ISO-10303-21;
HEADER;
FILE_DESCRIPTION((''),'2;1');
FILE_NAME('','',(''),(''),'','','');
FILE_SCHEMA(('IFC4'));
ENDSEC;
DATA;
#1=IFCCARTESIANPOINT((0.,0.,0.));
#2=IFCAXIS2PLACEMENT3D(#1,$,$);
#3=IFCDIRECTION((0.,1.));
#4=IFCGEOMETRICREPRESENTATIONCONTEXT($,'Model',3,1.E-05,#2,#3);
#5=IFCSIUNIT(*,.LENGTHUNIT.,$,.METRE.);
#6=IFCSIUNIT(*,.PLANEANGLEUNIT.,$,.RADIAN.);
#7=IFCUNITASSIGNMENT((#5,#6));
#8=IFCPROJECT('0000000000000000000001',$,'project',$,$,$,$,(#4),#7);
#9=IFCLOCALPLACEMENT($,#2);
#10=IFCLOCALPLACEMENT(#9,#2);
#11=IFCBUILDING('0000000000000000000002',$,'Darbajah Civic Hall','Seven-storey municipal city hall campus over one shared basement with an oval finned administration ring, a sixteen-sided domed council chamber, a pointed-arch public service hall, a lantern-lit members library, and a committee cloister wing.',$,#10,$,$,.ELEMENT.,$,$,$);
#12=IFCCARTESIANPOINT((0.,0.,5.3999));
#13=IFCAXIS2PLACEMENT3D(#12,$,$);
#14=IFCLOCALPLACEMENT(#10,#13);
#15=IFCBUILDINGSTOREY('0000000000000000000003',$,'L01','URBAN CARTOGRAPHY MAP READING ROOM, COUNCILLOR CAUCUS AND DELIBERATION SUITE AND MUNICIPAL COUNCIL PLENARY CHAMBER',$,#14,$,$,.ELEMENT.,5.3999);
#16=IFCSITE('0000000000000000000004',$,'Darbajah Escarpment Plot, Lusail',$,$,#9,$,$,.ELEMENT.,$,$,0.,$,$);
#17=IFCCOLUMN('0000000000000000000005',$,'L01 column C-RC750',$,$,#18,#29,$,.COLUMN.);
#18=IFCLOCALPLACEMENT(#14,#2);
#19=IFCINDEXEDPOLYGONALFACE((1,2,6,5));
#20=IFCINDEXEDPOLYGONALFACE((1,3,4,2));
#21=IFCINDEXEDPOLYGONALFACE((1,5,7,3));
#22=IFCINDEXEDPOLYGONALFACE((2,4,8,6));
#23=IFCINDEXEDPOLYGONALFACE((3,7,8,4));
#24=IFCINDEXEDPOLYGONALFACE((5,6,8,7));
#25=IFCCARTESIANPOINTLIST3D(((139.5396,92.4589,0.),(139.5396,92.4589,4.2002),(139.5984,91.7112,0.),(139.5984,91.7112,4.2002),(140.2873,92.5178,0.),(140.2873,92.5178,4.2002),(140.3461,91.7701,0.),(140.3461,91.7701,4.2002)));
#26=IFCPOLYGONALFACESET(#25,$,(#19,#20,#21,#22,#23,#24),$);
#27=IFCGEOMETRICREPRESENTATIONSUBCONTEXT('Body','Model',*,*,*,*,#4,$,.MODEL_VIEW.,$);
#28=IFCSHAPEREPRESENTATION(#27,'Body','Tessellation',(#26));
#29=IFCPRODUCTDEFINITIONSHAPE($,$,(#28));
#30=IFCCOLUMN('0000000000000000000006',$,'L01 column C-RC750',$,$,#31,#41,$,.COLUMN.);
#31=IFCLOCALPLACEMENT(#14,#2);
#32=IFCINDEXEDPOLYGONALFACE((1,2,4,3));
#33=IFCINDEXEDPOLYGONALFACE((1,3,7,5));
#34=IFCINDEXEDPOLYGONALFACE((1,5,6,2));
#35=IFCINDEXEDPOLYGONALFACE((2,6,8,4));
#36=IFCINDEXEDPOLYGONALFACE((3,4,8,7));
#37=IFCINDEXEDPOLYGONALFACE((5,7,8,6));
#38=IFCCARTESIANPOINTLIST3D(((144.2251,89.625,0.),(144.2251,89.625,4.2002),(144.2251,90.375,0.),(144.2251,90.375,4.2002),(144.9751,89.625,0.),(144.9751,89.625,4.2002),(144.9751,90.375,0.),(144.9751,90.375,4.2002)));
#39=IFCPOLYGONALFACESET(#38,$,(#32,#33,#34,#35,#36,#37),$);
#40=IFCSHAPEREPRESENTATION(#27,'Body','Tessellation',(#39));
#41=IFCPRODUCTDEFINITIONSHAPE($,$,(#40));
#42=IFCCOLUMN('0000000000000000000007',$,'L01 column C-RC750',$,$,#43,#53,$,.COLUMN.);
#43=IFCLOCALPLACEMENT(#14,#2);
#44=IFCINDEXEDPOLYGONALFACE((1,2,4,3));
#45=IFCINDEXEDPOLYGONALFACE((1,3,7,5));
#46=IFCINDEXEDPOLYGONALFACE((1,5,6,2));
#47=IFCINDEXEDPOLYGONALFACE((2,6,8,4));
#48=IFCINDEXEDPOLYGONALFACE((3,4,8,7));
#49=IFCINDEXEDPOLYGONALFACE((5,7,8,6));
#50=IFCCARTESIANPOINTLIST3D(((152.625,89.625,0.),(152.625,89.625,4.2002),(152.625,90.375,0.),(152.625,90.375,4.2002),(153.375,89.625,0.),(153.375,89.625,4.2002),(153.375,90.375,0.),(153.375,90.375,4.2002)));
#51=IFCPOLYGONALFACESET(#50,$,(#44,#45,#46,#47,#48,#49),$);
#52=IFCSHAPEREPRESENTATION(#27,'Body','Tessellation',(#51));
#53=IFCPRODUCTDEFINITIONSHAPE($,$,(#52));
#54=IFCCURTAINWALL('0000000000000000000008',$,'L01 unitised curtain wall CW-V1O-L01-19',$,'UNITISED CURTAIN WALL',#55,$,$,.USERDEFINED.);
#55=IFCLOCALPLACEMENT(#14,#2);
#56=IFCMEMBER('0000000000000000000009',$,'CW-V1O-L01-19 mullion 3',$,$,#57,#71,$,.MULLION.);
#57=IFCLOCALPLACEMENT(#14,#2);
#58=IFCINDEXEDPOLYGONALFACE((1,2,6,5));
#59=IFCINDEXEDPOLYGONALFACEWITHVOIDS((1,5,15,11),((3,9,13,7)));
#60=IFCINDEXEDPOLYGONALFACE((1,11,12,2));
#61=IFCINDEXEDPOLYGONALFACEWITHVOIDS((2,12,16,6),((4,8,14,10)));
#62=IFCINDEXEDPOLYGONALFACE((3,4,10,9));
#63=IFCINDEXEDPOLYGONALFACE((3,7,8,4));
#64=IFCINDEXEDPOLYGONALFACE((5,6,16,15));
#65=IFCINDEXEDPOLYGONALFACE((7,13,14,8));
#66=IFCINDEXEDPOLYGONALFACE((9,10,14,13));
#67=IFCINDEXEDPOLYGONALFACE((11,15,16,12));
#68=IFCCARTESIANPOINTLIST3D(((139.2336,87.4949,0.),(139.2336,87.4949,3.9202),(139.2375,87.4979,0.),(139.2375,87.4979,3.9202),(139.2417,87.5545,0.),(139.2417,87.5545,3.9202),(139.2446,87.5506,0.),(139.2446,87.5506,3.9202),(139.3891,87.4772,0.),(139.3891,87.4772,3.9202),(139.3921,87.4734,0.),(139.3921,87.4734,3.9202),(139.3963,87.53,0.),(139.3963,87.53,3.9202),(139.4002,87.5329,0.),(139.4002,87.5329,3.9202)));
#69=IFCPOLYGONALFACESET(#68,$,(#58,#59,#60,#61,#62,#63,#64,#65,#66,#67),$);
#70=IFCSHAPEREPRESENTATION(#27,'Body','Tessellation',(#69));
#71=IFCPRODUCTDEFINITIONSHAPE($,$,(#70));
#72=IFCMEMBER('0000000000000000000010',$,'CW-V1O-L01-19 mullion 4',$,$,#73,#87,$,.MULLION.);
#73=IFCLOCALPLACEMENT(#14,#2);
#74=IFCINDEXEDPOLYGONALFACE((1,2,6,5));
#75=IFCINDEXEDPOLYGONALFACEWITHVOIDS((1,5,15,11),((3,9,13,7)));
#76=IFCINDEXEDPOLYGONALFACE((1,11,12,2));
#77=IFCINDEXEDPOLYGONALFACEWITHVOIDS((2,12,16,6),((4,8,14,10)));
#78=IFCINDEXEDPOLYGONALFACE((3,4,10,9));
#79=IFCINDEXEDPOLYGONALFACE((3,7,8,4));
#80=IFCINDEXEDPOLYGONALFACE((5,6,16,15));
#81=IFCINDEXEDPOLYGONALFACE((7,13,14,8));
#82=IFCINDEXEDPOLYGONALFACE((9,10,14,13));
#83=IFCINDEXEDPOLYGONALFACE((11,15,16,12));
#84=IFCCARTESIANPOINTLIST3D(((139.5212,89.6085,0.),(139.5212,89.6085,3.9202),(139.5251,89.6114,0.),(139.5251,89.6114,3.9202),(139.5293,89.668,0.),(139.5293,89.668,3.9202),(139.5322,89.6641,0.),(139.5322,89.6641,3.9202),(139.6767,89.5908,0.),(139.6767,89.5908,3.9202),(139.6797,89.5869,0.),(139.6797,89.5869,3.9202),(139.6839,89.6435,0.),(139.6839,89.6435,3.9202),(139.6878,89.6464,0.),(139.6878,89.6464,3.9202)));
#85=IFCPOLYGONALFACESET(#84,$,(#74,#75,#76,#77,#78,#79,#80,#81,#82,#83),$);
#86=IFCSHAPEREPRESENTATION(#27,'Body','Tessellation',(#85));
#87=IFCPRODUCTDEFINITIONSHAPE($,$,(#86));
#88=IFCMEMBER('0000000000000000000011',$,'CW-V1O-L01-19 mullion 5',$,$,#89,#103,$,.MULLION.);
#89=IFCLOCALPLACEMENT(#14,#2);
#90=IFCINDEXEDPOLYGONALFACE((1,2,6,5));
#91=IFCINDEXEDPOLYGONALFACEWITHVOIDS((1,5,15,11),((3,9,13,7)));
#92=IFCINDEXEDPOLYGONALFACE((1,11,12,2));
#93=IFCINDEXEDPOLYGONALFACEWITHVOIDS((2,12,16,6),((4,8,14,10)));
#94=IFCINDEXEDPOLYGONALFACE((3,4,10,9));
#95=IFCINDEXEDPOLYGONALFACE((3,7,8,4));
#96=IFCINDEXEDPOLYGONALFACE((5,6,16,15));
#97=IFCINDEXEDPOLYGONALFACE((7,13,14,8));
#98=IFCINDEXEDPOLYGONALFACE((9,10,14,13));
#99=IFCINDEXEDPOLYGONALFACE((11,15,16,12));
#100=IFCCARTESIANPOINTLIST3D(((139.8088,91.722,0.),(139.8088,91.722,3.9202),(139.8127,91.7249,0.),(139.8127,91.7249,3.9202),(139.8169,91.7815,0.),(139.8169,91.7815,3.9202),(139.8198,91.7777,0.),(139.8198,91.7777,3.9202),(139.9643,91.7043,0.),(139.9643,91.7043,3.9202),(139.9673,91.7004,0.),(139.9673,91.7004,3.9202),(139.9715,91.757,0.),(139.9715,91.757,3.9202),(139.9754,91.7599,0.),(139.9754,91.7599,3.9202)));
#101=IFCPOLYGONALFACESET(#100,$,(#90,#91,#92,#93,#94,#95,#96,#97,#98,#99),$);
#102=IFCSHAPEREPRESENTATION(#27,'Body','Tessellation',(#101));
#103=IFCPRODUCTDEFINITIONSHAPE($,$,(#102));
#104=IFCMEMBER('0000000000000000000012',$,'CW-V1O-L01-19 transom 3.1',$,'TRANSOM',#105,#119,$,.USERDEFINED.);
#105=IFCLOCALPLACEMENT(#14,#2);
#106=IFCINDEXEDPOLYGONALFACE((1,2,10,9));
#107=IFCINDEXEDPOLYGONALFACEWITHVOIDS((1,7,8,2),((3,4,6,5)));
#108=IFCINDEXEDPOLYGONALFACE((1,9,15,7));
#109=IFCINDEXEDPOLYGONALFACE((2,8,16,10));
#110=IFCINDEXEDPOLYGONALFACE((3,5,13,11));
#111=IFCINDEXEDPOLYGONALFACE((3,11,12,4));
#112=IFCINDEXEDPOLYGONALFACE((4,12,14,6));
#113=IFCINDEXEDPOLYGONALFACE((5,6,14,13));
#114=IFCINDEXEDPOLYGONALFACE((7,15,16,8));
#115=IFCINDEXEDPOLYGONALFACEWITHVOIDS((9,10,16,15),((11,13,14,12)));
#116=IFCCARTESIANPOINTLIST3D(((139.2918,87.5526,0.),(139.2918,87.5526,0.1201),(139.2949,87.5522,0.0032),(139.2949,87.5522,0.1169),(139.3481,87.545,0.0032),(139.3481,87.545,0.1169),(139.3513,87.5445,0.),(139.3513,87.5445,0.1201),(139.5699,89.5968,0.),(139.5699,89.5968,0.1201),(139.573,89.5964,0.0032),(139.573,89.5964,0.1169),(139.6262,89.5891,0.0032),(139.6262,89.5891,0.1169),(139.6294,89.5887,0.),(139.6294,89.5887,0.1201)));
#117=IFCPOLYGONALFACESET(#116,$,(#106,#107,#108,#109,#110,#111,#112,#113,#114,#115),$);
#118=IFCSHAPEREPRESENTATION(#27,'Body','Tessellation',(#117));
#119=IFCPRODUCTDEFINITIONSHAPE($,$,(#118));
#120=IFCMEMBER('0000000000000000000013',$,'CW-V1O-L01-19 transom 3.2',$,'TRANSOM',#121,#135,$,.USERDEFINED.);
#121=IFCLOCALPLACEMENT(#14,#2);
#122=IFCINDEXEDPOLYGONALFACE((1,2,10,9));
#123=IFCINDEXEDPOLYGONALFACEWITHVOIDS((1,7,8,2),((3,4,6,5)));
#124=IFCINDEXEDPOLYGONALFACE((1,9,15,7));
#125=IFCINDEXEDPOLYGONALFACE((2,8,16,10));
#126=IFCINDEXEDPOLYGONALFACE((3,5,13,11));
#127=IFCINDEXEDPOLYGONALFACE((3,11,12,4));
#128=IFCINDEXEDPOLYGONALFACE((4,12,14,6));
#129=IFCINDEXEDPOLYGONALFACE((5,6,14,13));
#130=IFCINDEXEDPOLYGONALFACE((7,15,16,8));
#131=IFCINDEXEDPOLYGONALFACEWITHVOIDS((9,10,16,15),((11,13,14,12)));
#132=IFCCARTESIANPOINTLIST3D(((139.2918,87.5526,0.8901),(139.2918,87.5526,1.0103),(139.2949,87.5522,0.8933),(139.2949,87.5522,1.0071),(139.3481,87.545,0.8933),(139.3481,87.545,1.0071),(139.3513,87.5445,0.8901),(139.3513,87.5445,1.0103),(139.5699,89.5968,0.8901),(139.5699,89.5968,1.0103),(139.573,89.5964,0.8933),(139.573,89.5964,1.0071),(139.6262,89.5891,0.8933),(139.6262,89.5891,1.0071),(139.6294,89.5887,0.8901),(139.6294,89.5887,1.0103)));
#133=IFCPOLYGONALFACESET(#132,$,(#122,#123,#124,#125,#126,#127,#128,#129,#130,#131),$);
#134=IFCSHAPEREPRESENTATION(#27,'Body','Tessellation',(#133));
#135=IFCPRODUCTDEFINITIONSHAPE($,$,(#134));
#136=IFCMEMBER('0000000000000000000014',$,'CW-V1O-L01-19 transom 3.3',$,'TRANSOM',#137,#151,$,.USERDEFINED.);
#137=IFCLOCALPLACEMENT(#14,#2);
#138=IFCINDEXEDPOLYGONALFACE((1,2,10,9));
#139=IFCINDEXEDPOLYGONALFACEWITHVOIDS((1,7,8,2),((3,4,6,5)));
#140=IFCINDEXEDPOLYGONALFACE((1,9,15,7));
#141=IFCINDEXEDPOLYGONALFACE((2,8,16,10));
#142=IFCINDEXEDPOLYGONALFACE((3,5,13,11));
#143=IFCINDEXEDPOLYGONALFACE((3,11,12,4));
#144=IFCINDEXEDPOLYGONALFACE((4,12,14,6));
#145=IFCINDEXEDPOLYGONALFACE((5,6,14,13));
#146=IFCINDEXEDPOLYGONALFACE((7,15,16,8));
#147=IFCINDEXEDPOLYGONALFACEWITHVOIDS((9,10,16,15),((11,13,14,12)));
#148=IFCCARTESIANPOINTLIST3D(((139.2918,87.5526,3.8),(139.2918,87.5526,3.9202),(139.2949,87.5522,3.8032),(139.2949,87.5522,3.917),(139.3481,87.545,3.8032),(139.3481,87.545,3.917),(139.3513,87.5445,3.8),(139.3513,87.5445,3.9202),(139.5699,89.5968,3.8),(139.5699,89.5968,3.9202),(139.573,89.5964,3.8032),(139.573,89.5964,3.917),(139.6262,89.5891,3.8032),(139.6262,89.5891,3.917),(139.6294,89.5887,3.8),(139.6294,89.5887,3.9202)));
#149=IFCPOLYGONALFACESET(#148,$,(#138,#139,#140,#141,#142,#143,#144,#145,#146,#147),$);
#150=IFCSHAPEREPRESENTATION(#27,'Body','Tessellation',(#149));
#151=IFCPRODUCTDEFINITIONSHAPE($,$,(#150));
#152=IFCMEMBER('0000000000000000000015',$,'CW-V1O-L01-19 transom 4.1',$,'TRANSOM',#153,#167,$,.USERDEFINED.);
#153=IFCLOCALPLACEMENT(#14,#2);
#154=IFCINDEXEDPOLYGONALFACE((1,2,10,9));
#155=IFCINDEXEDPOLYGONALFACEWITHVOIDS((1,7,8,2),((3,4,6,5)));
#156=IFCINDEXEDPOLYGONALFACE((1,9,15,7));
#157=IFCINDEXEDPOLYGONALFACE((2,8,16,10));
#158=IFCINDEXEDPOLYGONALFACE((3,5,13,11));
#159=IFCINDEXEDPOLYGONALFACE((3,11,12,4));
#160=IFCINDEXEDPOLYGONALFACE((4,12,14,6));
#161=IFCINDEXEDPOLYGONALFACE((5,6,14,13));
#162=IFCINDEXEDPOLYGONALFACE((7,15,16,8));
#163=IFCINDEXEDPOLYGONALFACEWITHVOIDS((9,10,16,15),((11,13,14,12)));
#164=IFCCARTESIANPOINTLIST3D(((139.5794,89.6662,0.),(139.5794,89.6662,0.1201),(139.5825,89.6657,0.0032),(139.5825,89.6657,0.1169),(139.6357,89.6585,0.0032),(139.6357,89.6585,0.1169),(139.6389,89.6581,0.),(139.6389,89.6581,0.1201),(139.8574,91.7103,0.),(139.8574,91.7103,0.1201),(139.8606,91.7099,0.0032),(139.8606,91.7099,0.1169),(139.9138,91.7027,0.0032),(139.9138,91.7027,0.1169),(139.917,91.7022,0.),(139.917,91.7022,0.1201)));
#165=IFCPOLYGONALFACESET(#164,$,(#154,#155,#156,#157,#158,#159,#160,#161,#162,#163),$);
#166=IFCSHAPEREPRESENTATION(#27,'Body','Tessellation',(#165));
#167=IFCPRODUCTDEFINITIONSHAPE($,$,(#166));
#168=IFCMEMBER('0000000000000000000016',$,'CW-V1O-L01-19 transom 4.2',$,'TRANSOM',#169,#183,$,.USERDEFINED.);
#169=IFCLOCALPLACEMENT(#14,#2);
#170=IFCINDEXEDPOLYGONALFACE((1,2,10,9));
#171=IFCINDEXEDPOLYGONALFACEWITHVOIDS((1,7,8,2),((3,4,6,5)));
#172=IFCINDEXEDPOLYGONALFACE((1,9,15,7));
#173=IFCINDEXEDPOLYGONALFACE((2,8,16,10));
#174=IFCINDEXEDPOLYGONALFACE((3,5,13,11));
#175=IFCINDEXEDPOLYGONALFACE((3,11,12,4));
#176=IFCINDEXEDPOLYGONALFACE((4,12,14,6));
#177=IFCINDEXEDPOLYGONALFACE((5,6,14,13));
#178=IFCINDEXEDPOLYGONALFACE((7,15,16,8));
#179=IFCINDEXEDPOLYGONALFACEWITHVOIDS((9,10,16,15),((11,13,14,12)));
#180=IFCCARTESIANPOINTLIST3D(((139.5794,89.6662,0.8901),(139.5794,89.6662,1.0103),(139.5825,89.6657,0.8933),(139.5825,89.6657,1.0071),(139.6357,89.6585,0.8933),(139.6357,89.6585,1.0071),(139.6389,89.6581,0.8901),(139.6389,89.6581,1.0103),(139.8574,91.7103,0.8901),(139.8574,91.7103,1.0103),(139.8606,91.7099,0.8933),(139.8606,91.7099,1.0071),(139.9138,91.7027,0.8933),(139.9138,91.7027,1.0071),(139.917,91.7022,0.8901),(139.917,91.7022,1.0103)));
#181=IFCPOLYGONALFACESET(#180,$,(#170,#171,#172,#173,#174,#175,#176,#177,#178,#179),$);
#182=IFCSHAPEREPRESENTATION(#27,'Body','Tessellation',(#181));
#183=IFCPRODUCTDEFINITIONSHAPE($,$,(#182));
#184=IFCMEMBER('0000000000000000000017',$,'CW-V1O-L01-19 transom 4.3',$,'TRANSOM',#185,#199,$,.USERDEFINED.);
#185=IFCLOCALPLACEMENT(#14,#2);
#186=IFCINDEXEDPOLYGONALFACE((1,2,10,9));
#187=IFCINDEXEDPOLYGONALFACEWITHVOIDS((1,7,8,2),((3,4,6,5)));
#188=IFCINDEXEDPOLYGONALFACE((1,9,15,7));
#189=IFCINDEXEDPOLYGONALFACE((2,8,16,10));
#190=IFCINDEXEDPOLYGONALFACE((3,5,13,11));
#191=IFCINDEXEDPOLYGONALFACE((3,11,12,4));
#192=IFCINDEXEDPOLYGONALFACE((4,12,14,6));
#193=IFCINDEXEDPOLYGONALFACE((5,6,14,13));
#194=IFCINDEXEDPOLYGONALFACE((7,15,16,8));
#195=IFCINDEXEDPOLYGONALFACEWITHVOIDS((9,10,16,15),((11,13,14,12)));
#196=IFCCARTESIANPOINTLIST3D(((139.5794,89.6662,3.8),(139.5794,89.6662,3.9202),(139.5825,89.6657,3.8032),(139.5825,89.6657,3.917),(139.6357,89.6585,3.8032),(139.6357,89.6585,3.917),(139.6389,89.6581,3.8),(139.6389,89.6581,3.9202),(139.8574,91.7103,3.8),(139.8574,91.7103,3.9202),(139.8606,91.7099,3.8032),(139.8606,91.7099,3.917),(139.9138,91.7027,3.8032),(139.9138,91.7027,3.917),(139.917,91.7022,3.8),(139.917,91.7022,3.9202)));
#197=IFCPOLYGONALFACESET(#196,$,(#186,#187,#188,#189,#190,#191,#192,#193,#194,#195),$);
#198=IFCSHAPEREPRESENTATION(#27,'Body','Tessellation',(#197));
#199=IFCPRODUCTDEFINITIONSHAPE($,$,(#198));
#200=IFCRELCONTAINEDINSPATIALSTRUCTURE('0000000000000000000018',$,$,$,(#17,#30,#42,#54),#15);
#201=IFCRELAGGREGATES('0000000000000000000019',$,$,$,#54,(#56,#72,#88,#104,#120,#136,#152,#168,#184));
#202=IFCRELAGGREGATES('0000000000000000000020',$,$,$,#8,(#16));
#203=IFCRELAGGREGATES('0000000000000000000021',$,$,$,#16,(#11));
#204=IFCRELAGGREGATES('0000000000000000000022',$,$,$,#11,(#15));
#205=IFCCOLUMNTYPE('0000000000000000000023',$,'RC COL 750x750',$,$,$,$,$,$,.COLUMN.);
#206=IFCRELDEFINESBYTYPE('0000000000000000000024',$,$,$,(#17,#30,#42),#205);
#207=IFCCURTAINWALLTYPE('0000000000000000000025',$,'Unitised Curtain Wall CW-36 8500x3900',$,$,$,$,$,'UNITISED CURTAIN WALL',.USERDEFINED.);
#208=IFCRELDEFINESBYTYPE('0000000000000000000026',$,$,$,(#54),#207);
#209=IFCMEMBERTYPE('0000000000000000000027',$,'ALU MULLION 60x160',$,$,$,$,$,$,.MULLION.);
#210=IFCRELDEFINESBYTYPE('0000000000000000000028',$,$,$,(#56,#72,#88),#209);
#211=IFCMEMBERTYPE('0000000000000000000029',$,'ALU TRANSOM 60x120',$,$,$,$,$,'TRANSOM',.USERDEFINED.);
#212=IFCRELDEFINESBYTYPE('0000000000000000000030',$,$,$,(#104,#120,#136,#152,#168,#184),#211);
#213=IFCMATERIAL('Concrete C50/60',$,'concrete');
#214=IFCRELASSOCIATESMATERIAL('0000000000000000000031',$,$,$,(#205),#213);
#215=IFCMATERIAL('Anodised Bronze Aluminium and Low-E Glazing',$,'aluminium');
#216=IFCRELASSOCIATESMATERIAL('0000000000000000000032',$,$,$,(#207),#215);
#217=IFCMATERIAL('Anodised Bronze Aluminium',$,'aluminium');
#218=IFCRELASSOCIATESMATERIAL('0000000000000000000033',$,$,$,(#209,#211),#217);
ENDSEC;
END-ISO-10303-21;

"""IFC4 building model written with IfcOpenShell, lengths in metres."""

from ifc_helpers import new_model, si_unit, direction, frame, origin, origin_2d, place, context, subcontext, project, spatial, rectangle, hollow_rectangle, extrude, material, material_profile, profile_set, type_object, element, aggregate, save


model = new_model("IFC4")

# Units and contexts
model_context = context("Model", 3, precision=1e-05, world=origin(), true_north=direction((0.0, 1.0)))
body_context = subcontext(model_context, "Body", "Model", "MODEL_VIEW")
ifc_project = project(units=[si_unit("LENGTHUNIT", "METRE"), si_unit("PLANEANGLEUNIT", "RADIAN")], contexts=[model_context])

# Site, building, storey
site_placement = place(None, origin())
site = spatial("IfcSite", under=ifc_project, at=site_placement, Name="Darbajah Escarpment Plot, Lusail", CompositionType="ELEMENT", RefElevation=0.0)
building_placement = place(site_placement, origin())
building = spatial("IfcBuilding", under=site, at=building_placement, Name="Darbajah Civic Hall", Description="Seven-storey municipal city hall campus over one shared basement with an oval finned administration ring, a sixteen-sided domed council chamber, a pointed-arch public service hall, a lantern-lit members library, and a committee cloister wing.", CompositionType="ELEMENT")
storey_placement = place(building_placement, frame((0.0, 0.0, 5.3999)))
storey = spatial("IfcBuildingStorey", under=building, at=storey_placement, Name="L01", Description="URBAN CARTOGRAPHY MAP READING ROOM, COUNCILLOR CAUCUS AND DELIBERATION SUITE AND MUNICIPAL COUNCIL PLENARY CHAMBER", CompositionType="ELEMENT", Elevation=5.3999)

# Columns
ifc_material_1 = material(Name="Concrete C50/60", Category="concrete")
ifc_material_profile_1 = material_profile(ifc_material_1, rectangle(XDim=0.75, YDim=0.75, at=origin_2d()), Name="RC COL 750x750")
ifc_profile_set_1 = profile_set([ifc_material_profile_1], Name="Concrete C50/60")
column_type = type_object("IfcColumnType", Name="RC COL 750x750", PredefinedType="COLUMN", material=ifc_profile_set_1)
for number, where, z_axis, x_axis, name in (
    (1, (139.9429, 92.1145, 0.0), (0.0, 0.0, 1.0), (0.996917, 0.078459, 0.0), "L01 column C-RC750"),
    (2, (144.6001, 90.0, 0.0), (0.0, 0.0, 1.0), (1.0, 0.0, 0.0), "L01 column C-RC750"),
    (3, (153.0, 90.0, 0.0), (0.0, 0.0, 1.0), (1.0, 0.0, 0.0), "L01 column C-RC750"),
):
    element("IfcColumn", number, at=place(storey_placement, frame(where, z_axis=z_axis, x_axis=x_axis)), inside=storey, type_object=column_type, Name=name, PredefinedType="COLUMN", context=body_context, shape_type="SweptSolid", body=[
        extrude(rectangle(XDim=0.75, YDim=0.75, at=origin_2d()), origin(), (0.0, 0.0, 1.0), 4.2002),
    ])

# Curtain wall, members
ifc_material_2 = material(Name="Anodised Bronze Aluminium and Low-E Glazing", Category="aluminium")
curtain_wall_type = type_object("IfcCurtainWallType", Name="Unitised Curtain Wall CW-36 8500x3900", ElementType="UNITISED CURTAIN WALL", PredefinedType="USERDEFINED", material=ifc_material_2)
curtain_wall_placement = place(storey_placement, origin())
curtain_wall = element("IfcCurtainWall", 4, at=curtain_wall_placement, inside=storey, type_object=curtain_wall_type, Name="L01 unitised curtain wall CW-V1O-L01-19", ObjectType="UNITISED CURTAIN WALL", PredefinedType="USERDEFINED")
ifc_material_3 = material(Name="Anodised Bronze Aluminium", Category="aluminium")
ifc_material_profile_2 = material_profile(ifc_material_3, hollow_rectangle(XDim=0.0601, YDim=0.1599, WallThickness=0.0034, at=origin_2d()), Name="ALU MULLION 60x160")
ifc_profile_set_2 = profile_set([ifc_material_profile_2], Name="Anodised Bronze Aluminium")
member_type_1 = type_object("IfcMemberType", Name="ALU MULLION 60x160", PredefinedType="MULLION", material=ifc_profile_set_2)
member_1_placement = place(storey_placement, frame((139.3169, 87.5139, 0.0), z_axis=(0.0, 0.0, 1.0), x_axis=(0.134851, 0.990866, 0.0)))
member_1 = element("IfcMember", 5, at=member_1_placement, type_object=member_type_1, Name="CW-V1O-L01-19 mullion 3", PredefinedType="MULLION", context=body_context, shape_type="SweptSolid", body=[
    extrude(hollow_rectangle(XDim=0.0601, YDim=0.1599, WallThickness=0.0034, at=origin_2d()), origin(), (0.0, 0.0, 1.0), 3.9202),
])
member_2_placement = place(storey_placement, frame((139.6045, 89.6274, 0.0), z_axis=(0.0, 0.0, 1.0), x_axis=(0.134851, 0.990866, 0.0)))
member_2 = element("IfcMember", 6, at=member_2_placement, type_object=member_type_1, Name="CW-V1O-L01-19 mullion 4", PredefinedType="MULLION", context=body_context, shape_type="SweptSolid", body=[
    extrude(hollow_rectangle(XDim=0.0601, YDim=0.1599, WallThickness=0.0034, at=origin_2d()), origin(), (0.0, 0.0, 1.0), 3.9202),
])
member_3_placement = place(storey_placement, frame((139.8921, 91.741, 0.0), z_axis=(0.0, 0.0, 1.0), x_axis=(0.134851, 0.990866, 0.0)))
member_3 = element("IfcMember", 7, at=member_3_placement, type_object=member_type_1, Name="CW-V1O-L01-19 mullion 5", PredefinedType="MULLION", context=body_context, shape_type="SweptSolid", body=[
    extrude(hollow_rectangle(XDim=0.0601, YDim=0.1599, WallThickness=0.0034, at=origin_2d()), origin(), (0.0, 0.0, 1.0), 3.9202),
])
ifc_material_profile_3 = material_profile(ifc_material_3, hollow_rectangle(XDim=0.0601, YDim=0.1201, WallThickness=0.0032, at=origin_2d()), Name="ALU TRANSOM 60x120")
ifc_profile_set_3 = profile_set([ifc_material_profile_3], Name="Anodised Bronze Aluminium")
member_type_2 = type_object("IfcMemberType", Name="ALU TRANSOM 60x120", ElementType="TRANSOM", PredefinedType="USERDEFINED", material=ifc_profile_set_3)
member_4_placement = place(storey_placement, frame((139.3215, 87.5486, 0.0601), z_axis=(0.134791, 0.990874, 0.0), x_axis=(-0.990874, 0.134791, 0.0)))
member_4 = element("IfcMember", 8, at=member_4_placement, type_object=member_type_2, Name="CW-V1O-L01-19 transom 3.1", ObjectType="TRANSOM", PredefinedType="USERDEFINED", context=body_context, shape_type="SweptSolid", body=[
    extrude(hollow_rectangle(XDim=0.0601, YDim=0.1201, WallThickness=0.0032, at=origin_2d()), origin(), (0.0, 0.0, 1.0), 2.063),
])
member_5_placement = place(storey_placement, frame((139.3215, 87.5486, 0.9502), z_axis=(0.134791, 0.990874, 0.0), x_axis=(-0.990874, 0.134791, 0.0)))
member_5 = element("IfcMember", 9, at=member_5_placement, type_object=member_type_2, Name="CW-V1O-L01-19 transom 3.2", ObjectType="TRANSOM", PredefinedType="USERDEFINED", context=body_context, shape_type="SweptSolid", body=[
    extrude(hollow_rectangle(XDim=0.0601, YDim=0.1201, WallThickness=0.0032, at=origin_2d()), origin(), (0.0, 0.0, 1.0), 2.063),
])
member_6_placement = place(storey_placement, frame((139.3215, 87.5486, 3.8601), z_axis=(0.134791, 0.990874, 0.0), x_axis=(-0.990874, 0.134791, 0.0)))
member_6 = element("IfcMember", 10, at=member_6_placement, type_object=member_type_2, Name="CW-V1O-L01-19 transom 3.3", ObjectType="TRANSOM", PredefinedType="USERDEFINED", context=body_context, shape_type="SweptSolid", body=[
    extrude(hollow_rectangle(XDim=0.0601, YDim=0.1201, WallThickness=0.0032, at=origin_2d()), origin(), (0.0, 0.0, 1.0), 2.063),
])
member_7_placement = place(storey_placement, frame((139.6091, 89.6621, 0.0601), z_axis=(0.134791, 0.990874, 0.0), x_axis=(-0.990874, 0.134791, 0.0)))
member_7 = element("IfcMember", 11, at=member_7_placement, type_object=member_type_2, Name="CW-V1O-L01-19 transom 4.1", ObjectType="TRANSOM", PredefinedType="USERDEFINED", context=body_context, shape_type="SweptSolid", body=[
    extrude(hollow_rectangle(XDim=0.0601, YDim=0.1201, WallThickness=0.0032, at=origin_2d()), origin(), (0.0, 0.0, 1.0), 2.063),
])
member_8_placement = place(storey_placement, frame((139.6091, 89.6621, 0.9502), z_axis=(0.134791, 0.990874, 0.0), x_axis=(-0.990874, 0.134791, 0.0)))
member_8 = element("IfcMember", 12, at=member_8_placement, type_object=member_type_2, Name="CW-V1O-L01-19 transom 4.2", ObjectType="TRANSOM", PredefinedType="USERDEFINED", context=body_context, shape_type="SweptSolid", body=[
    extrude(hollow_rectangle(XDim=0.0601, YDim=0.1201, WallThickness=0.0032, at=origin_2d()), origin(), (0.0, 0.0, 1.0), 2.063),
])
member_9_placement = place(storey_placement, frame((139.6091, 89.6621, 3.8601), z_axis=(0.134791, 0.990874, 0.0), x_axis=(-0.990874, 0.134791, 0.0)))
member_9 = element("IfcMember", 13, at=member_9_placement, type_object=member_type_2, Name="CW-V1O-L01-19 transom 4.3", ObjectType="TRANSOM", PredefinedType="USERDEFINED", context=body_context, shape_type="SweptSolid", body=[
    extrude(hollow_rectangle(XDim=0.0601, YDim=0.1201, WallThickness=0.0032, at=origin_2d()), origin(), (0.0, 0.0, 1.0), 2.063),
])

aggregate(curtain_wall, [member_1, member_2, member_3, member_4, member_5, member_6, member_7, member_8, member_9])

save(model, "model.ifc")
